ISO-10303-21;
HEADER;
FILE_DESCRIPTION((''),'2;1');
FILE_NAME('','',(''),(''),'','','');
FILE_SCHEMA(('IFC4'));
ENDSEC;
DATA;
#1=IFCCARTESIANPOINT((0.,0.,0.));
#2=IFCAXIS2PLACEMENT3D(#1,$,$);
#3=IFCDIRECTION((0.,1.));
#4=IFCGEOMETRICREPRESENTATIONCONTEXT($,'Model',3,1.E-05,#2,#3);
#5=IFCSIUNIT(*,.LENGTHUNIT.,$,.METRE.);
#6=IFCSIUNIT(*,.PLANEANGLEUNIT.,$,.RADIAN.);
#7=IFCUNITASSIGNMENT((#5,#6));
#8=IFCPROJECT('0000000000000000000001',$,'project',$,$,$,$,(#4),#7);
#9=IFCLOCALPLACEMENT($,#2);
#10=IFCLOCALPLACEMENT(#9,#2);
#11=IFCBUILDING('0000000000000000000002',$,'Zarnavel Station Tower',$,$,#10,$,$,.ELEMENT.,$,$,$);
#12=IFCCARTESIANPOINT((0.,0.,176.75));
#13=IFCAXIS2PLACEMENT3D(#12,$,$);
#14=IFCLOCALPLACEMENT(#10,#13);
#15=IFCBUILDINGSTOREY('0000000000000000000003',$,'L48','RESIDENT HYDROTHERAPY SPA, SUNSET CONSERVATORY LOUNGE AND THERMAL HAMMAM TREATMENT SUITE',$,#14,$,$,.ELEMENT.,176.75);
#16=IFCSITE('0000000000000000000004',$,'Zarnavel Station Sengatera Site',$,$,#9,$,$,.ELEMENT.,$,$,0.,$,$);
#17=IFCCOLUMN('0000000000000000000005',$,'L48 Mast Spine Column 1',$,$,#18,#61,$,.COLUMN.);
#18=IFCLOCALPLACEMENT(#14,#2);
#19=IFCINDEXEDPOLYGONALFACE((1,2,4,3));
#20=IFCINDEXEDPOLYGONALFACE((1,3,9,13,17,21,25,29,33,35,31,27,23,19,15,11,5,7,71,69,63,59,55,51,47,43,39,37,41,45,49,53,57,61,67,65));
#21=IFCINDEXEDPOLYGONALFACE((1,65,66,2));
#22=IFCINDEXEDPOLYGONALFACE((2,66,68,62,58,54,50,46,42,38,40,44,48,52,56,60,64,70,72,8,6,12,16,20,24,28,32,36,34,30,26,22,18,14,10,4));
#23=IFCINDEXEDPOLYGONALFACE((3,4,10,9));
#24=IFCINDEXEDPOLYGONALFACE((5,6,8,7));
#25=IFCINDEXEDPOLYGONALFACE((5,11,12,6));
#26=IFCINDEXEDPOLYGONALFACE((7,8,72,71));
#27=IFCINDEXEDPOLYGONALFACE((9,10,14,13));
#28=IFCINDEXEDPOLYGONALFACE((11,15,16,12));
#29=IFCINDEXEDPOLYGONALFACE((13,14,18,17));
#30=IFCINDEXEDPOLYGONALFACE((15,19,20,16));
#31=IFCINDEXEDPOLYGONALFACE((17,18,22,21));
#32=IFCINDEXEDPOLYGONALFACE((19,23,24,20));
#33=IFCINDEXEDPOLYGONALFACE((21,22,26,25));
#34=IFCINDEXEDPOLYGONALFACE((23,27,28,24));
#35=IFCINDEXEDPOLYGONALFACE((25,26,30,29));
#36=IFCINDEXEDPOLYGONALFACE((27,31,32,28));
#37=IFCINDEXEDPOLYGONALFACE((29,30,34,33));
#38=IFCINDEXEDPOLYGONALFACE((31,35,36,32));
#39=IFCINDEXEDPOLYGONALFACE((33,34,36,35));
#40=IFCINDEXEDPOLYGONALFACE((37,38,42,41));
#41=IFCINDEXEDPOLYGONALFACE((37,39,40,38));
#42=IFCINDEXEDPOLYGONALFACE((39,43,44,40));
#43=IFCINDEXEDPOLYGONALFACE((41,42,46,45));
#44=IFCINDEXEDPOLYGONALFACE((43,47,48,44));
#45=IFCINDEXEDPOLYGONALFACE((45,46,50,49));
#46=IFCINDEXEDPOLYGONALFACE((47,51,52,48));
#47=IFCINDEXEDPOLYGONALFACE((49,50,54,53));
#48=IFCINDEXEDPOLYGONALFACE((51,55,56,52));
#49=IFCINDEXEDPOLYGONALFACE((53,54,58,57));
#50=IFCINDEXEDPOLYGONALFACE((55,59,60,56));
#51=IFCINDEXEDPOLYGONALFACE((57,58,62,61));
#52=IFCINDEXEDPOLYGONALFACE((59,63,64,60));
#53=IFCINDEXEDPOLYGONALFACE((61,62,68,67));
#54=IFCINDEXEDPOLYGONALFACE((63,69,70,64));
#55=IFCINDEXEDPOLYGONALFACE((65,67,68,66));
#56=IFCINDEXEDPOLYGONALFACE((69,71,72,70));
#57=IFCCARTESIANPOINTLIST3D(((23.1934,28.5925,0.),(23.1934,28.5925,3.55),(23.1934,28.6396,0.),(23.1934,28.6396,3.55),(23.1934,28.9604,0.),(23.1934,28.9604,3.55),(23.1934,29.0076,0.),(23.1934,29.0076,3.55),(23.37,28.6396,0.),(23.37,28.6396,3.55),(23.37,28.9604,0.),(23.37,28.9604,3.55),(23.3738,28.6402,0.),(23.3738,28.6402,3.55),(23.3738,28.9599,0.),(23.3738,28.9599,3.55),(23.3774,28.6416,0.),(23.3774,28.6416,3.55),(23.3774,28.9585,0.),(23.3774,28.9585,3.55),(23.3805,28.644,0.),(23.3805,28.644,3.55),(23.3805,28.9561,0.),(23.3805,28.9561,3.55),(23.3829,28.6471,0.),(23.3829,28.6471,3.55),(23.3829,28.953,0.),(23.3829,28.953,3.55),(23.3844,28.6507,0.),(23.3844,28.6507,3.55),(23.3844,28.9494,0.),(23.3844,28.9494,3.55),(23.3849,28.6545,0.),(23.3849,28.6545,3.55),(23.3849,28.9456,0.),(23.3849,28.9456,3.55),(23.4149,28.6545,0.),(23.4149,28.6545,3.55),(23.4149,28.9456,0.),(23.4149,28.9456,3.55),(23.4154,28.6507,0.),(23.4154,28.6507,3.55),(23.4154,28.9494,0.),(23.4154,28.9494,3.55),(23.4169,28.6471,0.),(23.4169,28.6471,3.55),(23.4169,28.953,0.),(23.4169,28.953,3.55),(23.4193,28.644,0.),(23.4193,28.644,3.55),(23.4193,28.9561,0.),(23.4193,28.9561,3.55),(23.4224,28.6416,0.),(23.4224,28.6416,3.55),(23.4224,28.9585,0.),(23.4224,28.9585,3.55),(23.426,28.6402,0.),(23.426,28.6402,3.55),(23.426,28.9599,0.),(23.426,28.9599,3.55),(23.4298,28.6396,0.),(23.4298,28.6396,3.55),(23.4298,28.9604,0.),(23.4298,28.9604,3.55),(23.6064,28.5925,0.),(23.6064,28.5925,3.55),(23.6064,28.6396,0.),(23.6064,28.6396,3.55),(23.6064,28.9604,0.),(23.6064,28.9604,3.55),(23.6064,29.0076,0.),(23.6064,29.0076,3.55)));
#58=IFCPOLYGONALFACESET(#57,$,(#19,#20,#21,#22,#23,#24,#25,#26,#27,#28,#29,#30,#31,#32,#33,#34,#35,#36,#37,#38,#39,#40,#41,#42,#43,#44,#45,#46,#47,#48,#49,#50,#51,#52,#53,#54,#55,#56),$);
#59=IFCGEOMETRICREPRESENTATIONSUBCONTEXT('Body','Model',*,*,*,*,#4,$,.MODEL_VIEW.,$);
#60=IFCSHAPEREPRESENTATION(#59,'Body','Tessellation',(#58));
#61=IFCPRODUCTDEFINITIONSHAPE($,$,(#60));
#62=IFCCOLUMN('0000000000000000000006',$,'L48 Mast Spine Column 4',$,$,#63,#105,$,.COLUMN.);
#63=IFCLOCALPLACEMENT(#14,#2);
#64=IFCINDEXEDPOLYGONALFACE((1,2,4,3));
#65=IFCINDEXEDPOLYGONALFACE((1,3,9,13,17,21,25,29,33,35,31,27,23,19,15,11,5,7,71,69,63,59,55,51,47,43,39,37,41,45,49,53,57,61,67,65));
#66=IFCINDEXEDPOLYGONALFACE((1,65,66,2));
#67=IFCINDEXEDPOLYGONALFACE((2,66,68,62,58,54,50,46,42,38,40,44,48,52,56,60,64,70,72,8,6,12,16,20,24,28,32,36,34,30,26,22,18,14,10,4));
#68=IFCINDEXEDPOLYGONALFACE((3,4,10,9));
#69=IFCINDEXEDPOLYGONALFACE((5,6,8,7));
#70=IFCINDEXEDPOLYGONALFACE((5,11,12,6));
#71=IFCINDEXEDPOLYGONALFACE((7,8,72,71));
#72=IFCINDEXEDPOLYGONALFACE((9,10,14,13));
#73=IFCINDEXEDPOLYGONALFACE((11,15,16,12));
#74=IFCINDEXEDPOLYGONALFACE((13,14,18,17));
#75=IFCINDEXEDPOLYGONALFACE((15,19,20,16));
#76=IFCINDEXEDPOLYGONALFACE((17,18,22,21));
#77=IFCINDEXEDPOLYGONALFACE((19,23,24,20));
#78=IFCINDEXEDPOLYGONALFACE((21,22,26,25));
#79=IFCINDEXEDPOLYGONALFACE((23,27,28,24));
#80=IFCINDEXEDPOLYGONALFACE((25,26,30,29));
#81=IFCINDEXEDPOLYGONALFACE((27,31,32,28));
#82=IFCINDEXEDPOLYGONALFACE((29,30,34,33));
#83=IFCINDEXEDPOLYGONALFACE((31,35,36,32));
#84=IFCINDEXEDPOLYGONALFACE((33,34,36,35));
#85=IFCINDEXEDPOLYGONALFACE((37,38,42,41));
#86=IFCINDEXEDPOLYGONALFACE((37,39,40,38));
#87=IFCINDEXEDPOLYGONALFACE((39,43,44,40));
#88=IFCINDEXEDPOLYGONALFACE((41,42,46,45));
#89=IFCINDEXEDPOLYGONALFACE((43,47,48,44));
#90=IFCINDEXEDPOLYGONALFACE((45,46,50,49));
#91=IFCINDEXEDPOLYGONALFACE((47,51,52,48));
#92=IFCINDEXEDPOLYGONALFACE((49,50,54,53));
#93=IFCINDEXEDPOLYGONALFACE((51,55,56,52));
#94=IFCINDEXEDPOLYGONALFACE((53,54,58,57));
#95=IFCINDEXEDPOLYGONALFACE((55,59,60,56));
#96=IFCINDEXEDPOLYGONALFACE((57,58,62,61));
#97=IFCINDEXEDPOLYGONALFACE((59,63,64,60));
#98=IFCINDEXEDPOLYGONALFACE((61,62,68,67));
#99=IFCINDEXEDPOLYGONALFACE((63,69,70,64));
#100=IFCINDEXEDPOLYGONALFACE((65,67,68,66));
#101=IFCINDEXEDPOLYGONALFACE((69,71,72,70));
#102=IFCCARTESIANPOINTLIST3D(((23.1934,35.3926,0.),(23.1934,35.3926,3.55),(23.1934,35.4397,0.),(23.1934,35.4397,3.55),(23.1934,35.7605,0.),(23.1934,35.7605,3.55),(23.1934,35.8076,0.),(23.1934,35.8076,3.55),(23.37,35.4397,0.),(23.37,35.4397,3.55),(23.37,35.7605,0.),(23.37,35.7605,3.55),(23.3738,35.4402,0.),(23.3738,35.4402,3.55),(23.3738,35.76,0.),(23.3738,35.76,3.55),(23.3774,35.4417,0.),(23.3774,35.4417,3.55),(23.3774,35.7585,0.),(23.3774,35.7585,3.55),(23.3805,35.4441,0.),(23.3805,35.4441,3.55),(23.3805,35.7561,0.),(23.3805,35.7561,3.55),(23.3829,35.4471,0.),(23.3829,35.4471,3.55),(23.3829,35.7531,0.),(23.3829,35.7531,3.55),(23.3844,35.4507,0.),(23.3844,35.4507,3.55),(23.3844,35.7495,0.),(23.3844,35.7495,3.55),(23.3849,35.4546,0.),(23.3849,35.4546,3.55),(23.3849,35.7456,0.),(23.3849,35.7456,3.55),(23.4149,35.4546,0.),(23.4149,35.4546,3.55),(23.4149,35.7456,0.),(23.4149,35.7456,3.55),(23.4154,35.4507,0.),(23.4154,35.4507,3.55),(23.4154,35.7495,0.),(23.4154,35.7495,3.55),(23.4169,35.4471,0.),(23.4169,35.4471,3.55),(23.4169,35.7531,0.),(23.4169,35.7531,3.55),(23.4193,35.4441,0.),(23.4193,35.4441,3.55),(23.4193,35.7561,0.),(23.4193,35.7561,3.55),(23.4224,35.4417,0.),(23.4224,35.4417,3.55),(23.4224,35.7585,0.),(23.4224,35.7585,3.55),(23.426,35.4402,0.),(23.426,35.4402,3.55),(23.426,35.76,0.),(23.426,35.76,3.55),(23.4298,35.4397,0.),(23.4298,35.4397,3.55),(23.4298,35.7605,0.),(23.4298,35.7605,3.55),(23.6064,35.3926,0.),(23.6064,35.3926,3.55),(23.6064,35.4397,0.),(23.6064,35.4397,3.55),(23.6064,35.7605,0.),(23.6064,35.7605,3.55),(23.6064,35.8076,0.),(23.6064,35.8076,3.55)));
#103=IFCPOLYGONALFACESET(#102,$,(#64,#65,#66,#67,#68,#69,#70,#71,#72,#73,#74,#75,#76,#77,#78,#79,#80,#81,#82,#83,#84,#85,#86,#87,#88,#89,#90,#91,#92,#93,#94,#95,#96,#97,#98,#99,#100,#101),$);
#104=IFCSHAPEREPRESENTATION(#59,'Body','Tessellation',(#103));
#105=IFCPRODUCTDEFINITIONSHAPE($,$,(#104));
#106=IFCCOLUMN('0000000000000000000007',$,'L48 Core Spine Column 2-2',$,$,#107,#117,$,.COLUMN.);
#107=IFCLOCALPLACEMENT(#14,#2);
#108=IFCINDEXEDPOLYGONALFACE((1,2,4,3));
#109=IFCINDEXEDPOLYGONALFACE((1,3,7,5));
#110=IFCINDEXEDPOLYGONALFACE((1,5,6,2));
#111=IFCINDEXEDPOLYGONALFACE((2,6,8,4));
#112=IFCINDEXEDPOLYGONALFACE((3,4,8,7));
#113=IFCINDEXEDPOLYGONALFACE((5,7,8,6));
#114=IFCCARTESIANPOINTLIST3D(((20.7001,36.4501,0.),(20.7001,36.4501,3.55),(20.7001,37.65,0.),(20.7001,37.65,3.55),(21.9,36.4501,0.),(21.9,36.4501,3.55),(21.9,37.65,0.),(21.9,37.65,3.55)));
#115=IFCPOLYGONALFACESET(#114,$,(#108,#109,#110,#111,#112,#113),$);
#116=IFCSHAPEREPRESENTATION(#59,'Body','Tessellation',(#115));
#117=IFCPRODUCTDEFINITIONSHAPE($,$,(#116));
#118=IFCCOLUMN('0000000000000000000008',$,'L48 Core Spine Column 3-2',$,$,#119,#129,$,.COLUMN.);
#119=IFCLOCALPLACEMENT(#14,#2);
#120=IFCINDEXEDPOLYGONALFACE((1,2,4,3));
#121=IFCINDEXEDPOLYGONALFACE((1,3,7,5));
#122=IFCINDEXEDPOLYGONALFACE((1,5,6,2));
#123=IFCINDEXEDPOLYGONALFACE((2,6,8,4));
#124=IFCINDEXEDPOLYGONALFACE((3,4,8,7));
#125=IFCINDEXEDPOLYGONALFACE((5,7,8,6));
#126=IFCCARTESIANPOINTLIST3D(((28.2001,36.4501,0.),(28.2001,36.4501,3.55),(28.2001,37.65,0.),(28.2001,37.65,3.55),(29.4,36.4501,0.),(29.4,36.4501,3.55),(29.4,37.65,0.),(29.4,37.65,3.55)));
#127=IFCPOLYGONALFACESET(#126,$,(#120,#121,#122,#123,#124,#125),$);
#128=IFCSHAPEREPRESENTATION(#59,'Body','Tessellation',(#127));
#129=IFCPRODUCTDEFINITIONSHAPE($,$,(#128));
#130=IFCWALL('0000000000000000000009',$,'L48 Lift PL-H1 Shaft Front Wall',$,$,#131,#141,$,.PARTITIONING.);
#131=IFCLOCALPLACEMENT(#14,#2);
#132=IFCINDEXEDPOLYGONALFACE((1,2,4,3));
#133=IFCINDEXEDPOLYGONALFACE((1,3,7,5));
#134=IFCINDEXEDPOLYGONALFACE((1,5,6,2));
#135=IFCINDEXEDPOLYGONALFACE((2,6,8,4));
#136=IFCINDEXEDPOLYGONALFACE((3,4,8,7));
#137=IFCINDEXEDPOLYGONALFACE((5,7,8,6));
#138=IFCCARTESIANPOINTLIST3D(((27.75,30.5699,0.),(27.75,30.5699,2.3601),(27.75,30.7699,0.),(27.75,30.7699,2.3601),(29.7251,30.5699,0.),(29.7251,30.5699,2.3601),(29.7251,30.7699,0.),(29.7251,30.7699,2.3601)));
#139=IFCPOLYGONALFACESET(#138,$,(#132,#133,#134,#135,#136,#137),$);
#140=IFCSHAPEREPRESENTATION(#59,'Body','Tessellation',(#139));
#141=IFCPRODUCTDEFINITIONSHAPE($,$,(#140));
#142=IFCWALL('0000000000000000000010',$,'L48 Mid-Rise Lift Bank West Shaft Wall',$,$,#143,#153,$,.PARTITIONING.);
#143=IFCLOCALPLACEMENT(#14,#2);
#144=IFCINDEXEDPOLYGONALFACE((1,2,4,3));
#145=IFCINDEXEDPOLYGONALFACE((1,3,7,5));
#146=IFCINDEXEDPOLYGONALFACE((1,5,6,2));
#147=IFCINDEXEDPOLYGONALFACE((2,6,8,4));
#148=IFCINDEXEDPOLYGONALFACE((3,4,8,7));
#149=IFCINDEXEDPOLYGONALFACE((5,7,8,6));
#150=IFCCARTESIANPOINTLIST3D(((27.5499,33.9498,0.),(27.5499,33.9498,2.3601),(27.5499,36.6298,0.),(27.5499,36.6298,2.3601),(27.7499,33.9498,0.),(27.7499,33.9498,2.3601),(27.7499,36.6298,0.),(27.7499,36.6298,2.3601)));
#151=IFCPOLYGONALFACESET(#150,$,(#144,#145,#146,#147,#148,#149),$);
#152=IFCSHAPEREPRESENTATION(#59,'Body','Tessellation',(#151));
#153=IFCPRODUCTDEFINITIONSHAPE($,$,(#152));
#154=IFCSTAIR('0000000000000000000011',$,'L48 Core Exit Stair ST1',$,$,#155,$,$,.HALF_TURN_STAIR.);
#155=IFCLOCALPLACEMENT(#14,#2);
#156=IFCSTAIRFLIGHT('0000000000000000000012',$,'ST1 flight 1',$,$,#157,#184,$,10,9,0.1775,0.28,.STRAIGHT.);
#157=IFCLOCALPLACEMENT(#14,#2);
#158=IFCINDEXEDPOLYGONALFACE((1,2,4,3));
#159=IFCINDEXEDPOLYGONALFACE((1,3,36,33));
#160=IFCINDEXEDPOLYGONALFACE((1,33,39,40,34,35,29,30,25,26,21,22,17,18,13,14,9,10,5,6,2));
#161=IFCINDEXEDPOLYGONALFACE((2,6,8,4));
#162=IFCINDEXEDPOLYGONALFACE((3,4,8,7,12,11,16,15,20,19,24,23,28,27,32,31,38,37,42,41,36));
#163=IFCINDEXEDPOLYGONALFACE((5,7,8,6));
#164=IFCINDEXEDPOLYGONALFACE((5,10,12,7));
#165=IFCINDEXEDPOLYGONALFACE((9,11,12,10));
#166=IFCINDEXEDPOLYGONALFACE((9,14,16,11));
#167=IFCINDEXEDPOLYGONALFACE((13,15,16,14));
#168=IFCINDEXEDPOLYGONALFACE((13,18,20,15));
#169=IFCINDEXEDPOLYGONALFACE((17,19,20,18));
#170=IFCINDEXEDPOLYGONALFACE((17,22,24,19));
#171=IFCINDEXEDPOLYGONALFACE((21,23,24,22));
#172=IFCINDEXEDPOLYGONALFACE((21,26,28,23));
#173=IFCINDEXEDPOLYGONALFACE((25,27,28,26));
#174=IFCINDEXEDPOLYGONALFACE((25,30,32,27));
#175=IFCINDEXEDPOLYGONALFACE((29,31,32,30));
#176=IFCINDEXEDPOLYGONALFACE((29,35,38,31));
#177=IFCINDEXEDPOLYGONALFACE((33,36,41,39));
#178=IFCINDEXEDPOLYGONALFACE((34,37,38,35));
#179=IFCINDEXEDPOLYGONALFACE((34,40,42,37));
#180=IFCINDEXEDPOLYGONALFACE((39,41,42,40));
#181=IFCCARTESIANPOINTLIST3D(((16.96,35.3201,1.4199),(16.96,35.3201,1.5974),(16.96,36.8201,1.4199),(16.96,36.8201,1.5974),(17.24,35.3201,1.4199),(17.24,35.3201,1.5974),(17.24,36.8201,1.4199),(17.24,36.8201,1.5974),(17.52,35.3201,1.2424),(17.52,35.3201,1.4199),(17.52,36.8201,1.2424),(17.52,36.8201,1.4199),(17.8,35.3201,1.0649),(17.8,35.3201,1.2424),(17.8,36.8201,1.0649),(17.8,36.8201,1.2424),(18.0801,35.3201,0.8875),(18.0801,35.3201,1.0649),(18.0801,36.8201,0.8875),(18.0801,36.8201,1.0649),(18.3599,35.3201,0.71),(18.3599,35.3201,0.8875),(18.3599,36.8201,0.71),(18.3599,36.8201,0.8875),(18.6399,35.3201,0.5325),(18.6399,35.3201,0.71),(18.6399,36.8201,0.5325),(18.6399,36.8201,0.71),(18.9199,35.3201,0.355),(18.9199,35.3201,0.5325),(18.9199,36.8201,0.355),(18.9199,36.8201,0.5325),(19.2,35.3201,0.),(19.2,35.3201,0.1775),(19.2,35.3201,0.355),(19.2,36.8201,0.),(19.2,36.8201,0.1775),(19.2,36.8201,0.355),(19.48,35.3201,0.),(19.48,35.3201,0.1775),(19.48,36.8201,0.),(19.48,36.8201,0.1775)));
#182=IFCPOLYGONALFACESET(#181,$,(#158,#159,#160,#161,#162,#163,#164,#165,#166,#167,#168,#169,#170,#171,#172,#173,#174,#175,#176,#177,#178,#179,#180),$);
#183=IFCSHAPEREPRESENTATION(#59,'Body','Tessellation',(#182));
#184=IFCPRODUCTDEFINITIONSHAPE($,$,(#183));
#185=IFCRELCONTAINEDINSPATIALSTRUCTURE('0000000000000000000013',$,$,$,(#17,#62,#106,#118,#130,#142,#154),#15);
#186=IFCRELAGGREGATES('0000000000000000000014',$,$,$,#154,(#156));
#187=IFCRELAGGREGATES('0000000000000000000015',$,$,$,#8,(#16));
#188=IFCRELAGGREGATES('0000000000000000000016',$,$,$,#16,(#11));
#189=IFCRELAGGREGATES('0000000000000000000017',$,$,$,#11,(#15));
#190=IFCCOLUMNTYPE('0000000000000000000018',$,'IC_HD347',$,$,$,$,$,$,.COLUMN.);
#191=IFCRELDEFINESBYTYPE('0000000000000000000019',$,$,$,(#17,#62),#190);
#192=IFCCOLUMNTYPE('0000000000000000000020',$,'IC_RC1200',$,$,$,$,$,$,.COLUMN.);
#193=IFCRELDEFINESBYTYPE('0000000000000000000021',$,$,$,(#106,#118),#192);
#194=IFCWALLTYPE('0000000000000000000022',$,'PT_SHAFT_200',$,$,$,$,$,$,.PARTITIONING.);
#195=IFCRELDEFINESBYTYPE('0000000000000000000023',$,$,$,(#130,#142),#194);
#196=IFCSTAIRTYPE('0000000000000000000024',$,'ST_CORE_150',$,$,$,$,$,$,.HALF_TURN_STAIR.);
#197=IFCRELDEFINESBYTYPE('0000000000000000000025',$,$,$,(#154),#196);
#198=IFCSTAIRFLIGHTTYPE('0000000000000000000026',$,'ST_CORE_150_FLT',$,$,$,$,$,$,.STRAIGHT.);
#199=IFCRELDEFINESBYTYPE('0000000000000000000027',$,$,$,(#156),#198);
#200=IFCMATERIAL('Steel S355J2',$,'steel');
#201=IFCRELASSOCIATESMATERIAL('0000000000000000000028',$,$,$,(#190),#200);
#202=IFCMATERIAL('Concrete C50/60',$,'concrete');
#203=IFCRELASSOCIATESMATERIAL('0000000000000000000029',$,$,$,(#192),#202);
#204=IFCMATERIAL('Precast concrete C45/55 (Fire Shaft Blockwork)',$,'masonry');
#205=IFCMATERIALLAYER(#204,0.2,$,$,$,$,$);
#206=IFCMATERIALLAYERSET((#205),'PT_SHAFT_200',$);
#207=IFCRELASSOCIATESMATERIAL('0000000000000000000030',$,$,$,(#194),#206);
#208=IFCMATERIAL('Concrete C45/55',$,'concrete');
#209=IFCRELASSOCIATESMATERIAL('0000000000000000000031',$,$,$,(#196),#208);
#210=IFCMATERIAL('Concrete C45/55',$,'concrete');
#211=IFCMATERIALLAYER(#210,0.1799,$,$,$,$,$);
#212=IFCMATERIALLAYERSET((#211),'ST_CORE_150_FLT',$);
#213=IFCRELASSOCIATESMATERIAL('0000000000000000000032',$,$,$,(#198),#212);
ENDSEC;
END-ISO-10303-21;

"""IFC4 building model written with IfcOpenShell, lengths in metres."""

from ifc_helpers import new_model, si_unit, direction, frame, frame_2d, origin, origin_2d, place, context, subcontext, project, spatial, polyline, rectangle, i_section, outline, extrude, material, layer, layer_set, material_profile, profile_set, type_object, element, aggregate, save


model = new_model("IFC4")

# Units and contexts
model_context = context("Model", 3, precision=1e-05, world=origin(), true_north=direction((0.0, 1.0)))
body_context = subcontext(model_context, "Body", "Model", "MODEL_VIEW")
ifc_project = project(units=[si_unit("LENGTHUNIT", "METRE"), si_unit("PLANEANGLEUNIT", "RADIAN")], contexts=[model_context])

# Site, building, storey
site_placement = place(None, origin())
site = spatial("IfcSite", under=ifc_project, at=site_placement, Name="Zarnavel Station Sengatera Site", CompositionType="ELEMENT", RefElevation=0.0)
building_placement = place(site_placement, origin())
building = spatial("IfcBuilding", under=site, at=building_placement, Name="Zarnavel Station Tower", CompositionType="ELEMENT")
storey_placement = place(building_placement, frame((0.0, 0.0, 176.75)))
storey = spatial("IfcBuildingStorey", under=building, at=storey_placement, Name="L48", Description="RESIDENT HYDROTHERAPY SPA, SUNSET CONSERVATORY LOUNGE AND THERMAL HAMMAM TREATMENT SUITE", CompositionType="ELEMENT", Elevation=176.75)

# Columns
ifc_material_1 = material(Name="Steel S355J2", Category="steel")
ifc_material_profile_1 = material_profile(ifc_material_1, i_section(OverallWidth=0.4131, OverallDepth=0.415, WebThickness=0.03, FlangeThickness=0.0471, FilletRadius=0.0149, at=origin_2d()), Name="HD400x347")
ifc_profile_set_1 = profile_set([ifc_material_profile_1], Name="Steel S355J2")
column_type_1 = type_object("IfcColumnType", Name="IC_HD347", PredefinedType="COLUMN", material=ifc_profile_set_1)
for number, where, z_axis, x_axis, name in (
    (1, (23.3999, 28.8, 0.0), (0.0, 0.0, 1.0), (1.0, 0.0, 0.0), "L48 Mast Spine Column 1"),
    (2, (23.3999, 35.6001, 0.0), (0.0, 0.0, 1.0), (1.0, 0.0, 0.0), "L48 Mast Spine Column 4"),
):
    element("IfcColumn", number, at=place(storey_placement, frame(where, z_axis=z_axis, x_axis=x_axis)), inside=storey, type_object=column_type_1, Name=name, PredefinedType="COLUMN", context=body_context, shape_type="SweptSolid", body=[
        extrude(i_section(OverallWidth=0.4131, OverallDepth=0.415, WebThickness=0.03, FlangeThickness=0.0471, FilletRadius=0.0149, at=origin_2d()), origin(), (0.0, 0.0, 1.0), 3.55),
    ])
ifc_material_2 = material(Name="Concrete C50/60", Category="concrete")
ifc_material_profile_2 = material_profile(ifc_material_2, rectangle(XDim=1.2, YDim=1.2, at=origin_2d()), Name="RC1200x1200")
ifc_profile_set_2 = profile_set([ifc_material_profile_2], Name="Concrete C50/60")
column_type_2 = type_object("IfcColumnType", Name="IC_RC1200", PredefinedType="COLUMN", material=ifc_profile_set_2)
for number, where, z_axis, x_axis, name in (
    (3, (21.3, 37.05, 0.0), (0.0, 0.0, 1.0), (1.0, 0.0, 0.0), "L48 Core Spine Column 2-2"),
    (4, (28.8, 37.05, 0.0), (0.0, 0.0, 1.0), (1.0, 0.0, 0.0), "L48 Core Spine Column 3-2"),
):
    element("IfcColumn", number, at=place(storey_placement, frame(where, z_axis=z_axis, x_axis=x_axis)), inside=storey, type_object=column_type_2, Name=name, PredefinedType="COLUMN", context=body_context, shape_type="SweptSolid", body=[
        extrude(rectangle(XDim=1.2, YDim=1.2, at=origin_2d()), origin(), (0.0, 0.0, 1.0), 3.55),
    ])

# Wall
ifc_material_3 = material(Name="Precast concrete C45/55 (Fire Shaft Blockwork)", Category="masonry")
ifc_layer_1 = layer(ifc_material_3, 0.2)
ifc_layer_set_1 = layer_set([ifc_layer_1], Name="PT_SHAFT_200")
wall_type_1 = type_object("IfcWallType", Name="PT_SHAFT_200", PredefinedType="PARTITIONING", material=ifc_layer_set_1)
wall_1_placement = place(storey_placement, frame((27.75, 30.6699, 0.0), z_axis=(0.0, 0.0, 1.0), x_axis=(1.0, 0.0, 0.0)))
element("IfcWall", 5, at=wall_1_placement, inside=storey, type_object=wall_type_1, Name="L48 Lift PL-H1 Shaft Front Wall", PredefinedType="PARTITIONING", context=body_context, shape_type="SweptSolid", body=[
    extrude(rectangle(XDim=1.9751, YDim=0.2, at=frame_2d((0.9875, 0.0))), origin(), (0.0, 0.0, 1.0), 2.3601),
])

# Wall
wall_2_placement = place(storey_placement, frame((27.6499, 33.95, 0.0), z_axis=(0.0, 0.0, 1.0), x_axis=(0.0, 1.0, 0.0)))
element("IfcWall", 6, at=wall_2_placement, inside=storey, type_object=wall_type_1, Name="L48 Mid-Rise Lift Bank West Shaft Wall", PredefinedType="PARTITIONING", context=body_context, shape_type="SweptSolid", body=[
    extrude(rectangle(XDim=2.6799, YDim=0.2, at=frame_2d((1.3398, 0.0))), origin(), (0.0, 0.0, 1.0), 2.3601),
])

# Stair, stair flight
ifc_material_4 = material(Name="Concrete C45/55", Category="concrete")
stair_type = type_object("IfcStairType", Name="ST_CORE_150", PredefinedType="HALF_TURN_STAIR", material=ifc_material_4)
stair_placement = place(storey_placement, origin())
stair = element("IfcStair", 7, at=stair_placement, inside=storey, type_object=stair_type, Name="L48 Core Exit Stair ST1", PredefinedType="HALF_TURN_STAIR")
ifc_material_5 = material(Name="Concrete C45/55", Category="concrete")
ifc_layer_2 = layer(ifc_material_5, 0.1799)
ifc_layer_set_2 = layer_set([ifc_layer_2], Name="ST_CORE_150_FLT")
stair_flight_type = type_object("IfcStairFlightType", Name="ST_CORE_150_FLT", PredefinedType="STRAIGHT", material=ifc_layer_set_2)
stair_flight_1_placement = place(storey_placement, frame((19.48, 36.0701, 0.0), z_axis=(0.0, 0.0, 1.0), x_axis=(-1.0, 0.0, 0.0)))
stair_flight_1 = element("IfcStairFlight", 8, at=stair_flight_1_placement, type_object=stair_flight_type, Name="ST1 flight 1", NumberOfRisers=10, NumberOfTreads=9, PredefinedType="STRAIGHT", RiserHeight=0.1775, TreadLength=0.28, context=body_context, shape_type="SweptSolid", body=[
    extrude(outline(polyline([(0.0, 0.0), (0.0, 0.1775), (0.28, 0.1775), (0.28, 0.355), (0.5601, 0.355), (0.5601, 0.5325), (0.8401, 0.5325), (0.8401, 0.71), (1.1201, 0.71), (1.1201, 0.8875), (1.3999, 0.8875), (1.3999, 1.0649), (1.6799, 1.0649), (1.6799, 1.2424), (1.96, 1.2424), (1.96, 1.4199), (2.24, 1.4199), (2.24, 1.5974), (2.52, 1.5974), (2.52, 1.7749), (2.52, 1.4199), (0.28, 0.0), (0.0, 0.0)])), frame((0.0, 0.75, 0.0), z_axis=(0.0, -1.0, 0.0), x_axis=(1.0, 0.0, 0.0)), (0.0, 0.0, 1.0), 1.5),
])
aggregate(stair, [stair_flight_1])

save(model, "model.ifc")
